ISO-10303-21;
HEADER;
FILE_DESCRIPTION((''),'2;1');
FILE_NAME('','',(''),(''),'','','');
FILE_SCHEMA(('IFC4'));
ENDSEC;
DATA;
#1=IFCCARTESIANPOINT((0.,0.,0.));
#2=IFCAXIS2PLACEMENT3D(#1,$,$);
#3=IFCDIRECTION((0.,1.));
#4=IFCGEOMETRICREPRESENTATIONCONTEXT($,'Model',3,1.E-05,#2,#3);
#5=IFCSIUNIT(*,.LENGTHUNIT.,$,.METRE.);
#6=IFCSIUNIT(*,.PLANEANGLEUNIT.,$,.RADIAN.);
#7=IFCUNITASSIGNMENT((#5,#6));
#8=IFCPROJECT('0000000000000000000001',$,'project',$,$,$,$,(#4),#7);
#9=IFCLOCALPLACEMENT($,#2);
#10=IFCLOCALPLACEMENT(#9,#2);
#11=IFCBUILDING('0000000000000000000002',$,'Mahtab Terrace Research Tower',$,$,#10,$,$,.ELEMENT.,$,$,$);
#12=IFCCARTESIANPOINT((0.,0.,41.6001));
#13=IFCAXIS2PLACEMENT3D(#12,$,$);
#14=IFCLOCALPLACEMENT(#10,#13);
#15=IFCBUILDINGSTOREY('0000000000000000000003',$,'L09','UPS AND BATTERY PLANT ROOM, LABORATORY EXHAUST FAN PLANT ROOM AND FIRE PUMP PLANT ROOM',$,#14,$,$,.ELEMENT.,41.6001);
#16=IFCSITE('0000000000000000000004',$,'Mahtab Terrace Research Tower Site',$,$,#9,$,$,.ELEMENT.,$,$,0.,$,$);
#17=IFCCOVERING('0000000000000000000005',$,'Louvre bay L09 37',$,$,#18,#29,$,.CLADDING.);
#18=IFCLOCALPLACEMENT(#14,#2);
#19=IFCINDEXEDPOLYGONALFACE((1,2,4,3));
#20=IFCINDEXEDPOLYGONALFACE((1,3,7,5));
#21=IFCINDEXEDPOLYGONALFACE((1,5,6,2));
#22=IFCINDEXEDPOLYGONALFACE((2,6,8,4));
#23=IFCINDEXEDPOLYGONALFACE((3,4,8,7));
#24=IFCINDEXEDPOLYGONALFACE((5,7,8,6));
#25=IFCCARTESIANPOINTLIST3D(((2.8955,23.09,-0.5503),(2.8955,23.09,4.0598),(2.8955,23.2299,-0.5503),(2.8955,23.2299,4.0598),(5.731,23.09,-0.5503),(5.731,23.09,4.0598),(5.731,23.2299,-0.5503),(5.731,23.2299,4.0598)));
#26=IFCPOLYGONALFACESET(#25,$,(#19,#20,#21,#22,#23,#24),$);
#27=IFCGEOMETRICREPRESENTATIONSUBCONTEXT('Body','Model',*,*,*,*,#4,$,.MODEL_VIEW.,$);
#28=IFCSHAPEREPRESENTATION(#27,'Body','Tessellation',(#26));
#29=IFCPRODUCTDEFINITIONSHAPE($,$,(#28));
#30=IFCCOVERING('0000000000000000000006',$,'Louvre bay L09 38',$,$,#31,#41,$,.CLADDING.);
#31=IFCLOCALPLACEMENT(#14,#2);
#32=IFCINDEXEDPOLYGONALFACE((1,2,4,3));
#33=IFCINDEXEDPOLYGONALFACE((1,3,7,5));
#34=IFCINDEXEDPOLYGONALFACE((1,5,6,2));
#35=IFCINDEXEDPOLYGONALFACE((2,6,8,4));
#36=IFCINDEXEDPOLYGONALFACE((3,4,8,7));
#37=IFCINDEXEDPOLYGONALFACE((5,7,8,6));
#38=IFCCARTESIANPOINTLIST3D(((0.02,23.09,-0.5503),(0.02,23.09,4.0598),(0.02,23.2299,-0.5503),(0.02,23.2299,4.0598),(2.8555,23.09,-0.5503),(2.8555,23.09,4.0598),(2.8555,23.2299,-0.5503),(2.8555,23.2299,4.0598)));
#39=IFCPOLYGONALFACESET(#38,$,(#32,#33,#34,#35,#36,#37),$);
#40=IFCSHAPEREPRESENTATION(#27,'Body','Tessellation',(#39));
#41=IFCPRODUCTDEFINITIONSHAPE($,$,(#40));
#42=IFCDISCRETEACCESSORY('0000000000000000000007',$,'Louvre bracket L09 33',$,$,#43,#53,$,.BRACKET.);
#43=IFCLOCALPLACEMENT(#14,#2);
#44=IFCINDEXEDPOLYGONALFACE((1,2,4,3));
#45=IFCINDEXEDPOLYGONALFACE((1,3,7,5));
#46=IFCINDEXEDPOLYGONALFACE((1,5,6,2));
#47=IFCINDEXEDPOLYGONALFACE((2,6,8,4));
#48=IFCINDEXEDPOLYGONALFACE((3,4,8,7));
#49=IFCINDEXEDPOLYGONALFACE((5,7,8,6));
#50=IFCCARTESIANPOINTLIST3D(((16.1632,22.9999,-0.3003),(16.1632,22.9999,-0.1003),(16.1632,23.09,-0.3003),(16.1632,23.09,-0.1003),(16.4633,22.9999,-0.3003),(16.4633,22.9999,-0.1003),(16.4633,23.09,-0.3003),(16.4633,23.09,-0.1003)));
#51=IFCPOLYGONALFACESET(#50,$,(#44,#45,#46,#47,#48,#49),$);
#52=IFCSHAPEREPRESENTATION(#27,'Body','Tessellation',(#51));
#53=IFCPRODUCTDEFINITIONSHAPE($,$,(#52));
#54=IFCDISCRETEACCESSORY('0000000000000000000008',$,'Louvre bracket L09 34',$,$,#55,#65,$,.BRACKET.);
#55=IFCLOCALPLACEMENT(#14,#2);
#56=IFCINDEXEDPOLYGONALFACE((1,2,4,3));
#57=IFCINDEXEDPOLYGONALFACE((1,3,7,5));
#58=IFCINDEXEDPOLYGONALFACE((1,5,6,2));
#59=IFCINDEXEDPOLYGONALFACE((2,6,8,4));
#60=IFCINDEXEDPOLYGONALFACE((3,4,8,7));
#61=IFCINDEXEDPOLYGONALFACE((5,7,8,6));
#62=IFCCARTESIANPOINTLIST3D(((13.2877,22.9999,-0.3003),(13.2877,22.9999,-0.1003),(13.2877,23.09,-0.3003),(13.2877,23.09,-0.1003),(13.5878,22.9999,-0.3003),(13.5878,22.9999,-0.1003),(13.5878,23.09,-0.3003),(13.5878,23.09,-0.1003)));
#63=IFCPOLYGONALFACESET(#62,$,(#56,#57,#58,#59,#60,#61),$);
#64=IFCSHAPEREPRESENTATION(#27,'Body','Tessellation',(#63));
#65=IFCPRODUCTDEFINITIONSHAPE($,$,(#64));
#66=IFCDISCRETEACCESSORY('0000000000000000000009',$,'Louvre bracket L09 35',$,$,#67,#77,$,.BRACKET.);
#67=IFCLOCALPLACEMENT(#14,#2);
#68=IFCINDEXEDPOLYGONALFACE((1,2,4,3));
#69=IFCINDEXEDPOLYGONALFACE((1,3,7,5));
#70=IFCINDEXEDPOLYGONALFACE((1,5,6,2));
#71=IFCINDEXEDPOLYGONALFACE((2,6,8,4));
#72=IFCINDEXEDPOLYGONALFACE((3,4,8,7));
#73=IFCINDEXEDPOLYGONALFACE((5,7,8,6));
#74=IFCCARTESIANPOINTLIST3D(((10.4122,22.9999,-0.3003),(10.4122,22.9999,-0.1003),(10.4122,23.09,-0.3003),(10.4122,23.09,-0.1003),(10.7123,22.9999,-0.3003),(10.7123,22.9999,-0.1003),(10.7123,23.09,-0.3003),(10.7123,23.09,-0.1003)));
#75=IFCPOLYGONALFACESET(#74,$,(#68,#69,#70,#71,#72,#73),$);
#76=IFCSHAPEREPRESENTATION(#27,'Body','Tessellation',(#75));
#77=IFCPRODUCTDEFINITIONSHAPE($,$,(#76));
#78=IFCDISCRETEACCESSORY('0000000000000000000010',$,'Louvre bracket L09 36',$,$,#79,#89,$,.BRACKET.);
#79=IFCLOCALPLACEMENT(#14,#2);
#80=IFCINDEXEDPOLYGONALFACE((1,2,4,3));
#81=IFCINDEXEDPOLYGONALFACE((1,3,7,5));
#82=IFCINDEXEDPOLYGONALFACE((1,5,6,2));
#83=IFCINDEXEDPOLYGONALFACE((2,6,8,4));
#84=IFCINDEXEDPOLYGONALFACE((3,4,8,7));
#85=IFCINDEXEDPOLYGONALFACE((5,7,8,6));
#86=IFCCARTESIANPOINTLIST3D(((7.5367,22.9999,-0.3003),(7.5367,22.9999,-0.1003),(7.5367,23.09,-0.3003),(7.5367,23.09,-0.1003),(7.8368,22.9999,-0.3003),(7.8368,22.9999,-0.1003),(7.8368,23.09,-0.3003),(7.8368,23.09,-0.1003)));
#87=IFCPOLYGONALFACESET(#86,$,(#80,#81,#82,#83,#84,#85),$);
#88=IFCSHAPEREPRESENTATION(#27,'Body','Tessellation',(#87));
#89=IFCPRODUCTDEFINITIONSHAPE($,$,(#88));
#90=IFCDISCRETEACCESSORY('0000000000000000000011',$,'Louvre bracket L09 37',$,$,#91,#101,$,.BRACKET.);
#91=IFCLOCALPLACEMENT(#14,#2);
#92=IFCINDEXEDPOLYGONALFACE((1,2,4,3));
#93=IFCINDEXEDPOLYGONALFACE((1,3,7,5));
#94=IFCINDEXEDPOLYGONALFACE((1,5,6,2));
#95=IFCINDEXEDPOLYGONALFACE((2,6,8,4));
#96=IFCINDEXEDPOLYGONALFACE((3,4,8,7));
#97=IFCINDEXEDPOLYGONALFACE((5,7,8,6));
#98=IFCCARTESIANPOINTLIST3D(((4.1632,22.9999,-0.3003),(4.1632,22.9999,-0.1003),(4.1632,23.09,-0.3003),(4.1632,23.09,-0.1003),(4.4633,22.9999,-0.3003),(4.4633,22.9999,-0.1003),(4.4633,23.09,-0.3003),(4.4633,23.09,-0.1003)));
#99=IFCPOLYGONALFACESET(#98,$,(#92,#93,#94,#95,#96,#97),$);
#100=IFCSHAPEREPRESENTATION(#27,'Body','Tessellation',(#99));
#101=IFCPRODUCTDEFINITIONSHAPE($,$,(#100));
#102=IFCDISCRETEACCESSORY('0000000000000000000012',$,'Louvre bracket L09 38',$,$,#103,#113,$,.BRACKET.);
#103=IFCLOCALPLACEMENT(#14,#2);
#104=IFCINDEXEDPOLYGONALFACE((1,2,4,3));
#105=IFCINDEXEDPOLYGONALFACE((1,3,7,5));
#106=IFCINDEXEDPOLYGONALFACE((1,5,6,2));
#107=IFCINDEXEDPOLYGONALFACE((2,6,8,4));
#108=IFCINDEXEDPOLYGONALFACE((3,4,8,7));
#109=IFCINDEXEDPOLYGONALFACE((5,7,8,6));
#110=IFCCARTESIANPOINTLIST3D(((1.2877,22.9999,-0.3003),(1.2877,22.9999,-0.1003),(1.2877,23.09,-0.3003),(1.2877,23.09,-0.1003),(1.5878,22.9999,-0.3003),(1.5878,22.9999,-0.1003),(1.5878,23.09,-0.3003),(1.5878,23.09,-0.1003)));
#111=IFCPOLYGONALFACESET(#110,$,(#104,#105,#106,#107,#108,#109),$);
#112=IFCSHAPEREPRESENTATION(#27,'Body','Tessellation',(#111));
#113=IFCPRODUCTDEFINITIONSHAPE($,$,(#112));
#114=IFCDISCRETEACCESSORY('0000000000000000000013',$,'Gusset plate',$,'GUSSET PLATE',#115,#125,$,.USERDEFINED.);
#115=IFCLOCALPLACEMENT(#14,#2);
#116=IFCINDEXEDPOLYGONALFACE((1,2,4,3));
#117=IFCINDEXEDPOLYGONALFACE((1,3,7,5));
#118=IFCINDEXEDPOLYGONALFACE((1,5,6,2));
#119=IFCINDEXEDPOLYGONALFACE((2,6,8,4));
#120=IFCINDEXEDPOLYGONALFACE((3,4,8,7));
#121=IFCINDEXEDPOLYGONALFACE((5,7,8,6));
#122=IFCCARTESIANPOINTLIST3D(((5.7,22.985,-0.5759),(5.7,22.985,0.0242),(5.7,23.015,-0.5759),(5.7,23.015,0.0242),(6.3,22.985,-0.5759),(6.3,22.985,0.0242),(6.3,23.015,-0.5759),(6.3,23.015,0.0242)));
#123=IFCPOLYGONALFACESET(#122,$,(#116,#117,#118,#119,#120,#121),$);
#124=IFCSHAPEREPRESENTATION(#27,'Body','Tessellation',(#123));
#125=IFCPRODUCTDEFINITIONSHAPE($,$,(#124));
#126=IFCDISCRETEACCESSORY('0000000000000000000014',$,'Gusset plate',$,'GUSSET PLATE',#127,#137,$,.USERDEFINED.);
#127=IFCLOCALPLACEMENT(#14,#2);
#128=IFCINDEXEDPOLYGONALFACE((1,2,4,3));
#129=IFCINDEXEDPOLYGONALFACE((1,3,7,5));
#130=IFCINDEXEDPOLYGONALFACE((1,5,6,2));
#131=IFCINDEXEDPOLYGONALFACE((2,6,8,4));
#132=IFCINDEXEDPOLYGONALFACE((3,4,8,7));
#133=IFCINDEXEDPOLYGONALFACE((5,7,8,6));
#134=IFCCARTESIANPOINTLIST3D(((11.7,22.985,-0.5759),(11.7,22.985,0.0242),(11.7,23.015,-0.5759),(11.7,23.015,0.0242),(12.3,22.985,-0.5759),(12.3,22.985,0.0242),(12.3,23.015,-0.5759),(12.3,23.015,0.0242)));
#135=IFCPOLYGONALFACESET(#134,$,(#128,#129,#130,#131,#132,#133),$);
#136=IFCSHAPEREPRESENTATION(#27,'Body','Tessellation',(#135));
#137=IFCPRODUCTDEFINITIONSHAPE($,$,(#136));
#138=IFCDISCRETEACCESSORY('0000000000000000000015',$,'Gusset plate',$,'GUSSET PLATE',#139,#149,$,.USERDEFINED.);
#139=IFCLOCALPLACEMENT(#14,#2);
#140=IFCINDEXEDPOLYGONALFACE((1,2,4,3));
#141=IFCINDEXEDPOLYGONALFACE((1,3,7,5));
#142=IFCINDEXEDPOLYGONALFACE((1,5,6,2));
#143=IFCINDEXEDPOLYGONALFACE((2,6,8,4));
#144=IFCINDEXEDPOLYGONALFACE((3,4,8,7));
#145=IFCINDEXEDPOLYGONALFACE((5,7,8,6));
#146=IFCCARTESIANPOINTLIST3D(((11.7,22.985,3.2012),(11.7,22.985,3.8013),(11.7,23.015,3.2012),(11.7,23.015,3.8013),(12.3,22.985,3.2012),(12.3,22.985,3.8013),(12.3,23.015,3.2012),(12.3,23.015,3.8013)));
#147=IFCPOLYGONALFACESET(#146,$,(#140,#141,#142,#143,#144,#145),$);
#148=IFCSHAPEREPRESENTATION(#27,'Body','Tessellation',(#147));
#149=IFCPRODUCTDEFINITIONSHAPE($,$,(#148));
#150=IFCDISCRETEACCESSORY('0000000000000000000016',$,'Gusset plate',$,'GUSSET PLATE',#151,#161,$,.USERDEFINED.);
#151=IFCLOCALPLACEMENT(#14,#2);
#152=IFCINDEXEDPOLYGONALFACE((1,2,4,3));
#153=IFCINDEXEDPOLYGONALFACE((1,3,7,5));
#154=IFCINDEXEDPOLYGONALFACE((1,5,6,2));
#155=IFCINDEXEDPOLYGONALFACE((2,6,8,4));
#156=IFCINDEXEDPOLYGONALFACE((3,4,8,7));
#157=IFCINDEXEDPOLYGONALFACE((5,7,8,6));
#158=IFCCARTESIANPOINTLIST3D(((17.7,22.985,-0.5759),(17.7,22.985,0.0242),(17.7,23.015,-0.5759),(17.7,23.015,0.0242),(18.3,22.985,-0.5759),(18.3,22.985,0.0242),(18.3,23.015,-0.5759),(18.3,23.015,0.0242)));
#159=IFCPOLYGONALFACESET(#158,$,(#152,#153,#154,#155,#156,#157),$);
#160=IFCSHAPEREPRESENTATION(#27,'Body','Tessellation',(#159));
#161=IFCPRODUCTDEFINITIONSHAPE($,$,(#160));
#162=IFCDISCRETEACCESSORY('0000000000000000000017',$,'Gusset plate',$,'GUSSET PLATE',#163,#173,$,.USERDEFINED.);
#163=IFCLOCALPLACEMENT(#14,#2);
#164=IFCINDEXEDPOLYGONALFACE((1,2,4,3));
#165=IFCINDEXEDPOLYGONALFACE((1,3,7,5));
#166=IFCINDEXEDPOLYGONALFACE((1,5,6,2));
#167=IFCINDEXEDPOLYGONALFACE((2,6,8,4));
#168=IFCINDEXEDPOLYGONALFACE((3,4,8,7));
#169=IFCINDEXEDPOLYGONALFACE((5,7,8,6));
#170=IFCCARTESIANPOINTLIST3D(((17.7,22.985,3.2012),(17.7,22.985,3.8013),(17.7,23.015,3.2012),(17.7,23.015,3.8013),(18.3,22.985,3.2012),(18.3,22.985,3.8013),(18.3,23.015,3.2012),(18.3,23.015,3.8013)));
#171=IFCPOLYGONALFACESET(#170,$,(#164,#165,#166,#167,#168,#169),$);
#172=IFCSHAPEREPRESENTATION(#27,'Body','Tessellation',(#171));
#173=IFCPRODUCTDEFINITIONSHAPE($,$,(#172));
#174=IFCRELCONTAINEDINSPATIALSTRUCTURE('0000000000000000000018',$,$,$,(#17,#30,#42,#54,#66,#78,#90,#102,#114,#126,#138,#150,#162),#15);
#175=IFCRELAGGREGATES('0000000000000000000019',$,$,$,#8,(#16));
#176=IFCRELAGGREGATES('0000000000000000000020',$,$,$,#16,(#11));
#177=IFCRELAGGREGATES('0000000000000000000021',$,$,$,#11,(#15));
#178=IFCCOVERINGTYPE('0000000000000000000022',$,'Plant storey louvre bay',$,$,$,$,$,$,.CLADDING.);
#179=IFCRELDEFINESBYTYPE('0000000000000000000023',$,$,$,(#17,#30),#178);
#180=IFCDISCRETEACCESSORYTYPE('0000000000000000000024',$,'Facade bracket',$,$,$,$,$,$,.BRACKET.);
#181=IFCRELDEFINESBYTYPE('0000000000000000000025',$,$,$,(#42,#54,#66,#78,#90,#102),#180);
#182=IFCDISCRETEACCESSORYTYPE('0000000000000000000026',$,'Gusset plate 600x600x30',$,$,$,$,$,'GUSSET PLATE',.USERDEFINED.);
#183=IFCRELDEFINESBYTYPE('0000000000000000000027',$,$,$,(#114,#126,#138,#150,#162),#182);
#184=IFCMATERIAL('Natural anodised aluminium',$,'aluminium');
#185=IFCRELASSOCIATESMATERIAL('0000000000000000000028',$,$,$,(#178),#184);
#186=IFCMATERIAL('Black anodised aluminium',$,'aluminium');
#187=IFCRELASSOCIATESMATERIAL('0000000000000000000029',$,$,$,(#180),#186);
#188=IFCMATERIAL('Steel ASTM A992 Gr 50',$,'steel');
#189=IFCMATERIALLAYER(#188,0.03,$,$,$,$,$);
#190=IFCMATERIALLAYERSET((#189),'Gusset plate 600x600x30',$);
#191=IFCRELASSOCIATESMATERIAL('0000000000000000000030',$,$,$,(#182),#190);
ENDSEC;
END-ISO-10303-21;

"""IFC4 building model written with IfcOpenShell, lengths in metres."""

from ifc_helpers import new_model, si_unit, direction, frame, origin, origin_2d, place, context, subcontext, project, spatial, rectangle, extrude, material, layer, layer_set, type_object, element, save


model = new_model("IFC4")

# Units and contexts
model_context = context("Model", 3, precision=1e-05, world=origin(), true_north=direction((0.0, 1.0)))
body_context = subcontext(model_context, "Body", "Model", "MODEL_VIEW")
ifc_project = project(units=[si_unit("LENGTHUNIT", "METRE"), si_unit("PLANEANGLEUNIT", "RADIAN")], contexts=[model_context])

# Site, building, storey
site_placement = place(None, origin())
site = spatial("IfcSite", under=ifc_project, at=site_placement, Name="Mahtab Terrace Research Tower Site", CompositionType="ELEMENT", RefElevation=0.0)
building_placement = place(site_placement, origin())
building = spatial("IfcBuilding", under=site, at=building_placement, Name="Mahtab Terrace Research Tower", CompositionType="ELEMENT")
storey_placement = place(building_placement, frame((0.0, 0.0, 41.6001)))
storey = spatial("IfcBuildingStorey", under=building, at=storey_placement, Name="L09", Description="UPS AND BATTERY PLANT ROOM, LABORATORY EXHAUST FAN PLANT ROOM AND FIRE PUMP PLANT ROOM", CompositionType="ELEMENT", Elevation=41.6001)

# Shared definitions
ifc_material_1 = material(Name="Steel ASTM A992 Gr 50", Category="steel")

# Coverings
ifc_material_2 = material(Name="Natural anodised aluminium", Category="aluminium")
covering_type = type_object("IfcCoveringType", Name="Plant storey louvre bay", PredefinedType="CLADDING", material=ifc_material_2)
for number, where, z_axis, x_axis, name in (
    (1, (4.3132, 23.1599, -0.5503), (0.0, 0.0, 1.0), (-1.0, 0.0, 0.0), "Louvre bay L09 37"),
    (2, (1.4377, 23.1599, -0.5503), (0.0, 0.0, 1.0), (-1.0, 0.0, 0.0), "Louvre bay L09 38"),
):
    element("IfcCovering", number, at=place(storey_placement, frame(where, z_axis=z_axis, x_axis=x_axis)), inside=storey, type_object=covering_type, Name=name, PredefinedType="CLADDING", context=body_context, shape_type="SweptSolid", body=[
        extrude(rectangle(XDim=2.8354, YDim=0.1399, at=origin_2d()), origin(), (0.0, 0.0, 1.0), 4.6101),
    ])

# Discrete accessories
ifc_material_3 = material(Name="Black anodised aluminium", Category="aluminium")
discrete_accessory_type_1 = type_object("IfcDiscreteAccessoryType", Name="Facade bracket", PredefinedType="BRACKET", material=ifc_material_3)
for number, where, z_axis, x_axis, name in (
    (3, (16.3132, 23.0449, -0.3003), (0.0, 0.0, 1.0), (-1.0, 0.0, 0.0), "Louvre bracket L09 33"),
    (4, (13.4377, 23.0449, -0.3003), (0.0, 0.0, 1.0), (-1.0, 0.0, 0.0), "Louvre bracket L09 34"),
    (5, (10.5623, 23.0449, -0.3003), (0.0, 0.0, 1.0), (-1.0, 0.0, 0.0), "Louvre bracket L09 35"),
    (6, (7.6868, 23.0449, -0.3003), (0.0, 0.0, 1.0), (-1.0, 0.0, 0.0), "Louvre bracket L09 36"),
    (7, (4.3132, 23.0449, -0.3003), (0.0, 0.0, 1.0), (-1.0, 0.0, 0.0), "Louvre bracket L09 37"),
    (8, (1.4377, 23.0449, -0.3003), (0.0, 0.0, 1.0), (-1.0, 0.0, 0.0), "Louvre bracket L09 38"),
):
    element("IfcDiscreteAccessory", number, at=place(storey_placement, frame(where, z_axis=z_axis, x_axis=x_axis)), inside=storey, type_object=discrete_accessory_type_1, Name=name, PredefinedType="BRACKET", context=body_context, shape_type="SweptSolid", body=[
        extrude(rectangle(XDim=0.3, YDim=0.0901, at=origin_2d()), origin(), (0.0, 0.0, 1.0), 0.2),
    ])
ifc_layer = layer(ifc_material_1, 0.03)
ifc_layer_set = layer_set([ifc_layer], Name="Gusset plate 600x600x30")
discrete_accessory_type_2 = type_object("IfcDiscreteAccessoryType", Name="Gusset plate 600x600x30", ElementType="GUSSET PLATE", PredefinedType="USERDEFINED", material=ifc_layer_set)
for number, where, z_axis, x_axis, name in (
    (9, (6.0, 23.0, -0.5759), (0.0, 0.0, 1.0), (1.0, 0.0, 0.0), "Gusset plate"),
    (10, (12.0, 23.0, -0.5759), (0.0, 0.0, 1.0), (1.0, 0.0, 0.0), "Gusset plate"),
    (11, (12.0, 23.0, 3.2012), (0.0, 0.0, 1.0), (1.0, 0.0, 0.0), "Gusset plate"),
    (12, (18.0, 23.0, -0.5759), (0.0, 0.0, 1.0), (1.0, 0.0, 0.0), "Gusset plate"),
    (13, (18.0, 23.0, 3.2012), (0.0, 0.0, 1.0), (1.0, 0.0, 0.0), "Gusset plate"),
):
    element("IfcDiscreteAccessory", number, at=place(storey_placement, frame(where, z_axis=z_axis, x_axis=x_axis)), inside=storey, type_object=discrete_accessory_type_2, Name=name, ObjectType="GUSSET PLATE", PredefinedType="USERDEFINED", context=body_context, shape_type="SweptSolid", body=[
        extrude(rectangle(XDim=0.6001, YDim=0.03, at=origin_2d()), origin(), (0.0, 0.0, 1.0), 0.6001),
    ])

save(model, "model.ifc")
